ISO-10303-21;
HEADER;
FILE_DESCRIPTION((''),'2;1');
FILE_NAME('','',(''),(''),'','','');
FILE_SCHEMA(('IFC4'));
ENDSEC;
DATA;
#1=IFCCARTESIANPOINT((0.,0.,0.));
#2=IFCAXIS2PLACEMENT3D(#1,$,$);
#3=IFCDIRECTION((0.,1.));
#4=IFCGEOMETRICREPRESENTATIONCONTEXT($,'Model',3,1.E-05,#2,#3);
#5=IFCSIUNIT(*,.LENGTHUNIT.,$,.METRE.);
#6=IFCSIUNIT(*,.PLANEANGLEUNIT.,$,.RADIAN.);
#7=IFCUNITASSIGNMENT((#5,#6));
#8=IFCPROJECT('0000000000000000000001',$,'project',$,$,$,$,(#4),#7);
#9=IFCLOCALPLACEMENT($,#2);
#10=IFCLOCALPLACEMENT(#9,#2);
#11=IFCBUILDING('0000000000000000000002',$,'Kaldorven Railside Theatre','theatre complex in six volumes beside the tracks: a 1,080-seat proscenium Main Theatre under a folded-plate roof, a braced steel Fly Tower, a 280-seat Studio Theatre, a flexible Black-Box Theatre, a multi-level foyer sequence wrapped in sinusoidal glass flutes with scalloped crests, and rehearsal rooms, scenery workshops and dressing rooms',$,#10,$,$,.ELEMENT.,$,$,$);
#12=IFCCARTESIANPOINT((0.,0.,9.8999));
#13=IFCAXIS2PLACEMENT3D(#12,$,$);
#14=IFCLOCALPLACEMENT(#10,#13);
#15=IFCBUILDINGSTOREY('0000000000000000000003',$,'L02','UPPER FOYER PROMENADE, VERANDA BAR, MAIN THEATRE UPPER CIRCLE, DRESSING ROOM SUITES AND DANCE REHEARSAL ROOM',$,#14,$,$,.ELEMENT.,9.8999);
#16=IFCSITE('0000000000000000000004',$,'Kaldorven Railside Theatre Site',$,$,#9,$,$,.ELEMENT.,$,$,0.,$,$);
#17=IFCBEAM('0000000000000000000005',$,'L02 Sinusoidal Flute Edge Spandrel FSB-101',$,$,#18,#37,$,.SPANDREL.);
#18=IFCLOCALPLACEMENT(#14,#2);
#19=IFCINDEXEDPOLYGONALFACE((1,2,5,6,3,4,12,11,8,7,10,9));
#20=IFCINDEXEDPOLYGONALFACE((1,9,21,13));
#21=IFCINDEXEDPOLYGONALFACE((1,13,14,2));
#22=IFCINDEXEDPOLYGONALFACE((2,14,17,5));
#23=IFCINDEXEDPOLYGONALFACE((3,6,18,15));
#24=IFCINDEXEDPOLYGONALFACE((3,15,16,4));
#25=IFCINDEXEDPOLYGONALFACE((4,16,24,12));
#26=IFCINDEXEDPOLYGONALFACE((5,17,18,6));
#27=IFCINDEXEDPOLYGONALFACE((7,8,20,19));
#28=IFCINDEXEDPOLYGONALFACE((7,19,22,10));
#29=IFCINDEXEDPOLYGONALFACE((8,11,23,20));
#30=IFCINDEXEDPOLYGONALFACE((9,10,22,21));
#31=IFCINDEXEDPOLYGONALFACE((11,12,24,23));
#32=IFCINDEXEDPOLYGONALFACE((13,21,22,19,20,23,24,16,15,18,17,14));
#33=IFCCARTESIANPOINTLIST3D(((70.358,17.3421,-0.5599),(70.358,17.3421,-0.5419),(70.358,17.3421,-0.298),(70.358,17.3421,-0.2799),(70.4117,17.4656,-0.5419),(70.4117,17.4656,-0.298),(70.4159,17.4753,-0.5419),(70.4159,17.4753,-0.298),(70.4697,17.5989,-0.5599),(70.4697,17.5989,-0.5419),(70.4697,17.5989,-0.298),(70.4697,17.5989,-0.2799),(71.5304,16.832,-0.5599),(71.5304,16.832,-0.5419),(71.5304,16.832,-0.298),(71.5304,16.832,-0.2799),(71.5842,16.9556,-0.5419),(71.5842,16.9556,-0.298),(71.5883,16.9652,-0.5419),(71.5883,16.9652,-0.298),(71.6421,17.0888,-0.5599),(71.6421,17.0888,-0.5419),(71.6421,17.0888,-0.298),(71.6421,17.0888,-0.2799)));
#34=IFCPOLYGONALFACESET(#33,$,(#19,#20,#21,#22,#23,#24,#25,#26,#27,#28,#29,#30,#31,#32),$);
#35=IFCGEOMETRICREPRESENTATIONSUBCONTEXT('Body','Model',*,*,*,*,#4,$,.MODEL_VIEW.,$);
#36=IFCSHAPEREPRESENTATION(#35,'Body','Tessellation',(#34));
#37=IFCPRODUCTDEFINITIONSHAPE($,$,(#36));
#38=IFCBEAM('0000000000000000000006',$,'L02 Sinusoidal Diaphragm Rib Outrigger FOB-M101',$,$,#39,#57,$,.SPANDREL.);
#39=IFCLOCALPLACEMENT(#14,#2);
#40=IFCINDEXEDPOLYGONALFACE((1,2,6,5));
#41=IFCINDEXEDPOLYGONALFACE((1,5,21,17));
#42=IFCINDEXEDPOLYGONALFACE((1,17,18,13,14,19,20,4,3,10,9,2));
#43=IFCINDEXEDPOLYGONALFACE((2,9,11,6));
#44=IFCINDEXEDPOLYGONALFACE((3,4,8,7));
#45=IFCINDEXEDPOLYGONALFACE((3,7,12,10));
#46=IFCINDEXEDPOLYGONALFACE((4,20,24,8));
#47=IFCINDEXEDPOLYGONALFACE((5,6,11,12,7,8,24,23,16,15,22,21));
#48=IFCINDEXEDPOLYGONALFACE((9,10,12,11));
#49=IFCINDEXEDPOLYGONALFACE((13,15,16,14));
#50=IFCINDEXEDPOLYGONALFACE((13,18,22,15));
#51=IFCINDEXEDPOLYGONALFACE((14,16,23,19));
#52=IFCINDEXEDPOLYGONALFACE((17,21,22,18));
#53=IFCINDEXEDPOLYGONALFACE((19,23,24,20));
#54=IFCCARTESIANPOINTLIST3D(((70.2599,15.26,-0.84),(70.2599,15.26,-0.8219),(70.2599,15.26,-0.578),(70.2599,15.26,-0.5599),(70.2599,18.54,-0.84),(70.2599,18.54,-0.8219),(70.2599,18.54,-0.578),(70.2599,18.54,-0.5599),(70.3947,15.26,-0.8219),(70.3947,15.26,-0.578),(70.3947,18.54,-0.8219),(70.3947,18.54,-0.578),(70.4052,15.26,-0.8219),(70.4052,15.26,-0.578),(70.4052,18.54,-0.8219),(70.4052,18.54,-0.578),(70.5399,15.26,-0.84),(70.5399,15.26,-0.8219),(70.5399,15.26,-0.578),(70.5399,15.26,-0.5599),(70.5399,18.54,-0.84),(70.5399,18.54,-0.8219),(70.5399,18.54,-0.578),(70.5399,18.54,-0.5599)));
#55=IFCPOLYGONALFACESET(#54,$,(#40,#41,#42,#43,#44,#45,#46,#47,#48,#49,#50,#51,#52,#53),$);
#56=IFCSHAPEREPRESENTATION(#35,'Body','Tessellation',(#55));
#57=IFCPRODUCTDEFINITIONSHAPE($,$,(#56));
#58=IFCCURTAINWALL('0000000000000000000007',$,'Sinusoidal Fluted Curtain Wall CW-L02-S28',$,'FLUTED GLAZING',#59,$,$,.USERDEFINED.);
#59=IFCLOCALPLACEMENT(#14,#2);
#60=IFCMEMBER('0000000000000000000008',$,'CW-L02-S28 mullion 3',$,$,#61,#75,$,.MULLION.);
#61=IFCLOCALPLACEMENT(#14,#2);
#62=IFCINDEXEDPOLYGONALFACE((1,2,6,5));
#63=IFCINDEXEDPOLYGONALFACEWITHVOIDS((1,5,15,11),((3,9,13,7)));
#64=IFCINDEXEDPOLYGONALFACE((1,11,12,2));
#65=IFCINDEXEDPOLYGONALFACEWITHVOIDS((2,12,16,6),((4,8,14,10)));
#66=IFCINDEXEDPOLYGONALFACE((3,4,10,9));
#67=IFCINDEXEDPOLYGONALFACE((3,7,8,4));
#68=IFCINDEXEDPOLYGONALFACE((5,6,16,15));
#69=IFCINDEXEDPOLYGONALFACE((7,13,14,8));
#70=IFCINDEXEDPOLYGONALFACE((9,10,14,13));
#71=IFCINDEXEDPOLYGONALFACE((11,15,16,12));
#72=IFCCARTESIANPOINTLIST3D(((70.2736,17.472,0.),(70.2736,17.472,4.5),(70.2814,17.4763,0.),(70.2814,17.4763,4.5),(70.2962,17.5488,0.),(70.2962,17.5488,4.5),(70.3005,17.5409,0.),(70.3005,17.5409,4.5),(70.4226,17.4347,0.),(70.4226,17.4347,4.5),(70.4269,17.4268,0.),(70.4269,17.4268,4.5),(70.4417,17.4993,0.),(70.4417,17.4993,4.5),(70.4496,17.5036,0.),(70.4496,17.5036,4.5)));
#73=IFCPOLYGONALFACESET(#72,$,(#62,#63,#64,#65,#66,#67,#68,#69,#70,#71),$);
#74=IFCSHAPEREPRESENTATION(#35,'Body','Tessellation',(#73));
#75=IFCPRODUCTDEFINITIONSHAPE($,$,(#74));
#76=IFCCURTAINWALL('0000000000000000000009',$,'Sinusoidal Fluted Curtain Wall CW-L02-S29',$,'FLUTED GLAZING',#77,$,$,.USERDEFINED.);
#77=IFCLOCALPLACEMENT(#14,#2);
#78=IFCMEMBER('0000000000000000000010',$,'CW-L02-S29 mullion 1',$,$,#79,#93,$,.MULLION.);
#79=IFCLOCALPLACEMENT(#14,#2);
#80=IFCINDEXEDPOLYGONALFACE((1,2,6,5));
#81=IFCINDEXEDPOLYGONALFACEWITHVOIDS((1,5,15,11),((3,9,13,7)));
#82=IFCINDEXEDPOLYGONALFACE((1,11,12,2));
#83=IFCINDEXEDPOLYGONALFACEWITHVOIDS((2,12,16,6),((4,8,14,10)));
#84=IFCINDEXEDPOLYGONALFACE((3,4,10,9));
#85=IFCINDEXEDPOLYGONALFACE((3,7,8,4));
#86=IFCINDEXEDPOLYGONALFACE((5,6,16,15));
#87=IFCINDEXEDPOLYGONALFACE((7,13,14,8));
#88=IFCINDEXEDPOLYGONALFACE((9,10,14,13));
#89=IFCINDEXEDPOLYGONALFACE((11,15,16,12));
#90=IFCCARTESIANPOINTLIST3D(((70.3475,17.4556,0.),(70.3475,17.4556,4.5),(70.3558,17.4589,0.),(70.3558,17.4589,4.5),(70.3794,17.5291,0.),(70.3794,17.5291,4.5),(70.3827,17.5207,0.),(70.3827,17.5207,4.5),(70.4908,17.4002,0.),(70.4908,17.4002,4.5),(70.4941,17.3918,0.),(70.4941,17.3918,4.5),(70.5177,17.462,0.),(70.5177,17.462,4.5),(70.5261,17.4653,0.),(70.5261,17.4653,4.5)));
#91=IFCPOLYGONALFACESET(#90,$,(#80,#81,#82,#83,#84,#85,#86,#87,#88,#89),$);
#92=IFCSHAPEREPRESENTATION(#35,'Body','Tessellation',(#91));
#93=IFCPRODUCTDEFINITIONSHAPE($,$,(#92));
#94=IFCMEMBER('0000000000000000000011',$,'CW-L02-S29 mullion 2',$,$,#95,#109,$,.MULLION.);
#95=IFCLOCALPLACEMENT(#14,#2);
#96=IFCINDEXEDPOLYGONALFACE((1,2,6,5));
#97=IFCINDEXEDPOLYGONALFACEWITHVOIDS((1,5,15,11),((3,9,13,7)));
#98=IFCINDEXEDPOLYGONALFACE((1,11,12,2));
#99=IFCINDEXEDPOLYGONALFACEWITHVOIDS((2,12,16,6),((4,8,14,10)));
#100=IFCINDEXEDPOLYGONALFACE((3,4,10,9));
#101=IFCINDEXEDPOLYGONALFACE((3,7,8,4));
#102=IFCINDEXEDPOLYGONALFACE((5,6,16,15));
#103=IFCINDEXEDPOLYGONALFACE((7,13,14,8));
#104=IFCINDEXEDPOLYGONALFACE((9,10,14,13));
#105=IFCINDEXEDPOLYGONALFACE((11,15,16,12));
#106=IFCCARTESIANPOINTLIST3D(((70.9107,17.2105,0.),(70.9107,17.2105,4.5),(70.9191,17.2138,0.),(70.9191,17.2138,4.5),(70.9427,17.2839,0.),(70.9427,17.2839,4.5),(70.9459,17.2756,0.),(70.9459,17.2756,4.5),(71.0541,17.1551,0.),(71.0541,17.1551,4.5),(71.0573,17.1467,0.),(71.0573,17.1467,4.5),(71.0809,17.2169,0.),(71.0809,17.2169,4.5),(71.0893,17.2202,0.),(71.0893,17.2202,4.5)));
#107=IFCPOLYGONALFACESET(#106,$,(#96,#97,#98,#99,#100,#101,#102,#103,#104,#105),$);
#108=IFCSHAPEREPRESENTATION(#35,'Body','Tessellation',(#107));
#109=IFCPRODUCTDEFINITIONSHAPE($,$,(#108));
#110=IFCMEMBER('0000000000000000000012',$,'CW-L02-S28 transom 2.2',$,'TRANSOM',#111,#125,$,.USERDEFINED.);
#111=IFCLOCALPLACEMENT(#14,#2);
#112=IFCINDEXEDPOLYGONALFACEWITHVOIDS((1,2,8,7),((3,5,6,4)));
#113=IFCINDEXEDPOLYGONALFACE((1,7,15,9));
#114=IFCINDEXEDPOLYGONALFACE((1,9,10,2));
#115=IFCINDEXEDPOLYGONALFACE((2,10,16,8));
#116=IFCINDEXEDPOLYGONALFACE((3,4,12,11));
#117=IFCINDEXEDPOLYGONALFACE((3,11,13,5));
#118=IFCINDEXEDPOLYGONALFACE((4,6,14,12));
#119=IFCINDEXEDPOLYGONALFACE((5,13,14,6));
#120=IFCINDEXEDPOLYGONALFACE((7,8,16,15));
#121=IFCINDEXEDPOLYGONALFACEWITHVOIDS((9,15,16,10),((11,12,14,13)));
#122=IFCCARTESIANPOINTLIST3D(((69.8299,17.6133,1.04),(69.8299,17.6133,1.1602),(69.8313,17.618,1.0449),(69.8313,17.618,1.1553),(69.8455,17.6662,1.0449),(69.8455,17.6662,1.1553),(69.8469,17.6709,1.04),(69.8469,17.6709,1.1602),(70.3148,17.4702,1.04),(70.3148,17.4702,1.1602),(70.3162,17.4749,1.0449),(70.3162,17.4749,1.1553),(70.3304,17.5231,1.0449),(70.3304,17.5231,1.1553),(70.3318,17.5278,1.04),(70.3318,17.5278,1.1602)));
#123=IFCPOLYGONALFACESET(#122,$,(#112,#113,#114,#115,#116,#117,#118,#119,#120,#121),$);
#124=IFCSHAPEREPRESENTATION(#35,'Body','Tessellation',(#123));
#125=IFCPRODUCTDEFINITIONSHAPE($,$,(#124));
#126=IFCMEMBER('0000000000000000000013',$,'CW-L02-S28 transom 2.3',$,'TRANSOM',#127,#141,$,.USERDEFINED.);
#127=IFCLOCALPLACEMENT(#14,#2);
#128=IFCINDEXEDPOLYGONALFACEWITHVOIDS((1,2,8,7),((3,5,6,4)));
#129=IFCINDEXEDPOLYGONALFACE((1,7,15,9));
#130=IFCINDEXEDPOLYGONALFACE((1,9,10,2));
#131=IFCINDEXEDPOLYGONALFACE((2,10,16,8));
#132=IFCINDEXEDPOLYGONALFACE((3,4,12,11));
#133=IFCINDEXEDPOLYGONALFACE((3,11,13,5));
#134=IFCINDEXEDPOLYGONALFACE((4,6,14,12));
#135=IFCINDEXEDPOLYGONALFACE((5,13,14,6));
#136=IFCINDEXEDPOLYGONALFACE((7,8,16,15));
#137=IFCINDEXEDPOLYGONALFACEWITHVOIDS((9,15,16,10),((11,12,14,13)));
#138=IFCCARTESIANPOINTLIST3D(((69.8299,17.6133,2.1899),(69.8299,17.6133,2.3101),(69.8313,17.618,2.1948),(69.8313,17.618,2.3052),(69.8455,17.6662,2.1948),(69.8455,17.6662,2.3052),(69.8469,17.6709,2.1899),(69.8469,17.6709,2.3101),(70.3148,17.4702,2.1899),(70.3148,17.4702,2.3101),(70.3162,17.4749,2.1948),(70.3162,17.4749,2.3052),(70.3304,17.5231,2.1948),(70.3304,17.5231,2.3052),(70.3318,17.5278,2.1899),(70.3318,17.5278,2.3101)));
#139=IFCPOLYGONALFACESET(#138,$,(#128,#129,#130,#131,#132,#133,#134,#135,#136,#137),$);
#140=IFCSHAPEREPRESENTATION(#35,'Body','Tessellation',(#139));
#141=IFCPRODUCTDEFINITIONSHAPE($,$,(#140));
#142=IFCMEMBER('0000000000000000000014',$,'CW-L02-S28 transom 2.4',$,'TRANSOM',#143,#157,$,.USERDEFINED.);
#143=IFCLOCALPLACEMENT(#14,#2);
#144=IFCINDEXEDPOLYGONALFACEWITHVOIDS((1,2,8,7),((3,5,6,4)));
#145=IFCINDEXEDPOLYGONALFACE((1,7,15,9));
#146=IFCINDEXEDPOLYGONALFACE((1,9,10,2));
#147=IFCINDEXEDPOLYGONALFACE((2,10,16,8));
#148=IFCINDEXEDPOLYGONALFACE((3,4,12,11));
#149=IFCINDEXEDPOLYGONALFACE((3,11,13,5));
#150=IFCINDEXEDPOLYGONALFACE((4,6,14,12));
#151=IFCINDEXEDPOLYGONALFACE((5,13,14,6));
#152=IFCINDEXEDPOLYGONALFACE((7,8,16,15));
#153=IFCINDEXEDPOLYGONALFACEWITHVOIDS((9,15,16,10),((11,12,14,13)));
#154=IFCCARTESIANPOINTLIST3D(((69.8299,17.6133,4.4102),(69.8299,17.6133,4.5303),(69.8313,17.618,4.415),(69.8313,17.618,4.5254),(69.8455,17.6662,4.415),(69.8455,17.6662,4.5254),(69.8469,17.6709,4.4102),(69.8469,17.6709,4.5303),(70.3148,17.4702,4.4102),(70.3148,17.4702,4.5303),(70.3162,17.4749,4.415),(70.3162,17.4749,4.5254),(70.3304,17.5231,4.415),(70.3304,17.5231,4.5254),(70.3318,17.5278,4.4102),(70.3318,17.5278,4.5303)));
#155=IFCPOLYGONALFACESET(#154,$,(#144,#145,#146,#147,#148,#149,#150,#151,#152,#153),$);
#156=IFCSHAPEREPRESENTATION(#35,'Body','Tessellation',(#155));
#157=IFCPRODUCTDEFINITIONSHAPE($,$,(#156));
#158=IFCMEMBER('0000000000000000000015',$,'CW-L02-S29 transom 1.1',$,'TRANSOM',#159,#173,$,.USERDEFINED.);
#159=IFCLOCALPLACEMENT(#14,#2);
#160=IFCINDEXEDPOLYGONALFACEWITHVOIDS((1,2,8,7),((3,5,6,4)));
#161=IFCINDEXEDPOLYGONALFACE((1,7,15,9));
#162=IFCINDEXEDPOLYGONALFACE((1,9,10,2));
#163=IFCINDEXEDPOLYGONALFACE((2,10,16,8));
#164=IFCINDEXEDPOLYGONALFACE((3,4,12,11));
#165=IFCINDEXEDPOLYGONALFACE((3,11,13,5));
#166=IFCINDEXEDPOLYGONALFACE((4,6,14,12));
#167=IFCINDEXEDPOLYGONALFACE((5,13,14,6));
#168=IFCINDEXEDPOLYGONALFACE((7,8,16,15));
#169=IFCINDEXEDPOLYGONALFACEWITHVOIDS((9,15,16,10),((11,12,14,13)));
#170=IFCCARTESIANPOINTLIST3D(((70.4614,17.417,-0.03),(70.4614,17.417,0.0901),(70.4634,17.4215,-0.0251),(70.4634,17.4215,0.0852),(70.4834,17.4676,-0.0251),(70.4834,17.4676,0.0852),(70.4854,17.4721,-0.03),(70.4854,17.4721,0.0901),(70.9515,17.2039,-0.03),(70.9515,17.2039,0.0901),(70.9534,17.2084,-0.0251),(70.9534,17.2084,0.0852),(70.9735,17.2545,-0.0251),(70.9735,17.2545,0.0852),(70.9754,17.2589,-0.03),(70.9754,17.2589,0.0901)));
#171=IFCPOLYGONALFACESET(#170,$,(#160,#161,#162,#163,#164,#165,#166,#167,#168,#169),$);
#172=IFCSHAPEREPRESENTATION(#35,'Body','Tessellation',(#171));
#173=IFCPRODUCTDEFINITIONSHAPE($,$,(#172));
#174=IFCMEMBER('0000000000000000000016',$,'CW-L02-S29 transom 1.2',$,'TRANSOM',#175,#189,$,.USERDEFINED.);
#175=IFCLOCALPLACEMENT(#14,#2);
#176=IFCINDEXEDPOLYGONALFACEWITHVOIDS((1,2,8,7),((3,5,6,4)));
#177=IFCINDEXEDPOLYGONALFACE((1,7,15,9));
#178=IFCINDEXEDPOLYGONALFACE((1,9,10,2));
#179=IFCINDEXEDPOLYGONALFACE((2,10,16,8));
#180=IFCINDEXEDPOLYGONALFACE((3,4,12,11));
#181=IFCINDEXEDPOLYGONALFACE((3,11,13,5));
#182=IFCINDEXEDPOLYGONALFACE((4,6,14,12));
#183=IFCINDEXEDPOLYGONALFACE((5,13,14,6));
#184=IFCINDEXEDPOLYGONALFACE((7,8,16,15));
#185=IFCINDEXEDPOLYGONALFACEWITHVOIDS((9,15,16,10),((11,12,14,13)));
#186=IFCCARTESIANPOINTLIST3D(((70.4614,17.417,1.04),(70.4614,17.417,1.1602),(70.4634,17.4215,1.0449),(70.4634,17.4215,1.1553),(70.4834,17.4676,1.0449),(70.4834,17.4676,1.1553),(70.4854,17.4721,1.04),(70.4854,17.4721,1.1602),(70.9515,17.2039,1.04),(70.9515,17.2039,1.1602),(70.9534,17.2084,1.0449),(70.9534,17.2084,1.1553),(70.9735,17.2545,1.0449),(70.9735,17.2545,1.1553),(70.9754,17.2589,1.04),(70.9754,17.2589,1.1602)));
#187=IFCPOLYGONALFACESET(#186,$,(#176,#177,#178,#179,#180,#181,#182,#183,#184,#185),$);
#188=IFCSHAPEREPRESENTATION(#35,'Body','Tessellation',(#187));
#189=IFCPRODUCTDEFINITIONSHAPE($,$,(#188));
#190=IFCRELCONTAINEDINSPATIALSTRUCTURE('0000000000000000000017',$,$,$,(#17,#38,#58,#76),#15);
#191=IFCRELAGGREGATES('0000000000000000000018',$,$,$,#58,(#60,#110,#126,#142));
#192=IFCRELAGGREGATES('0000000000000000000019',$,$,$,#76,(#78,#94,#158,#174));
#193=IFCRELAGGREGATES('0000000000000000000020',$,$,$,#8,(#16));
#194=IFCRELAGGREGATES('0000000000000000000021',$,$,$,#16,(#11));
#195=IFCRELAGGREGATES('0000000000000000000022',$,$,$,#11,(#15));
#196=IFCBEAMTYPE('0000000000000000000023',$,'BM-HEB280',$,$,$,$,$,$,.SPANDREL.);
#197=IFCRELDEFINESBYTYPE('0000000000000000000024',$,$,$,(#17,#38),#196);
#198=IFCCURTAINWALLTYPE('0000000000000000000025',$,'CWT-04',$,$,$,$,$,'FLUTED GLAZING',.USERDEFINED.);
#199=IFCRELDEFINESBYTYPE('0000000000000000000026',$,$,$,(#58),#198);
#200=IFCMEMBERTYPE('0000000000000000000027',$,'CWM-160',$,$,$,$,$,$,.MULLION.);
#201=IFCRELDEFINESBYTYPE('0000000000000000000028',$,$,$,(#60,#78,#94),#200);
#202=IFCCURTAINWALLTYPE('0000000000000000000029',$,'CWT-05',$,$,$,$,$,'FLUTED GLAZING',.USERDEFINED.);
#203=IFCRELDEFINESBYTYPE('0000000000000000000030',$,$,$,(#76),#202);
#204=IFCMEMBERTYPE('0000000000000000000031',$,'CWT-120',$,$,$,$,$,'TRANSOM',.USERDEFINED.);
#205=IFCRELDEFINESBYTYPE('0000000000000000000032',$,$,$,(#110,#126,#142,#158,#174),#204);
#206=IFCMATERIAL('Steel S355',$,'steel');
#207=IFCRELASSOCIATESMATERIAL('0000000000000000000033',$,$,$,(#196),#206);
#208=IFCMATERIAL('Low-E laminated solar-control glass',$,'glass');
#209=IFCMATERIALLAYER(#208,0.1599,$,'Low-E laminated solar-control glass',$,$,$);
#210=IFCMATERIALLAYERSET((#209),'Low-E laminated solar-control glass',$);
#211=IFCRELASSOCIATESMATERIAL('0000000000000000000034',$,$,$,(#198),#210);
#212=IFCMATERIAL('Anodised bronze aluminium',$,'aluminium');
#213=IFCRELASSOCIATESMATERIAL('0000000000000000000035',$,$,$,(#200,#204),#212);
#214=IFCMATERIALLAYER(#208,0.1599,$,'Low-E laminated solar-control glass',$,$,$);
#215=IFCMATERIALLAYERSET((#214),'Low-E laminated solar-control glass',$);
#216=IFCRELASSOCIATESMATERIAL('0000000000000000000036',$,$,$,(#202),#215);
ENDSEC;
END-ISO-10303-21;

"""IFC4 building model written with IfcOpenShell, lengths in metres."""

from ifc_helpers import new_model, si_unit, direction, frame, origin, origin_2d, place, context, subcontext, project, spatial, hollow_rectangle, i_section, extrude, material, layer, layer_set, material_profile, profile_set, type_object, element, aggregate, save


model = new_model("IFC4")

# Units and contexts
model_context = context("Model", 3, precision=1e-05, world=origin(), true_north=direction((0.0, 1.0)))
body_context = subcontext(model_context, "Body", "Model", "MODEL_VIEW")
ifc_project = project(units=[si_unit("LENGTHUNIT", "METRE"), si_unit("PLANEANGLEUNIT", "RADIAN")], contexts=[model_context])

# Site, building, storey
site_placement = place(None, origin())
site = spatial("IfcSite", under=ifc_project, at=site_placement, Name="Kaldorven Railside Theatre Site", CompositionType="ELEMENT", RefElevation=0.0)
building_placement = place(site_placement, origin())
building = spatial("IfcBuilding", under=site, at=building_placement, Name="Kaldorven Railside Theatre", Description="theatre complex in six volumes beside the tracks: a 1,080-seat proscenium Main Theatre under a folded-plate roof, a braced steel Fly Tower, a 280-seat Studio Theatre, a flexible Black-Box Theatre, a multi-level foyer sequence wrapped in sinusoidal glass flutes with scalloped crests, and rehearsal rooms, scenery workshops and dressing rooms", CompositionType="ELEMENT")
storey_placement = place(building_placement, frame((0.0, 0.0, 9.8999)))
storey = spatial("IfcBuildingStorey", under=building, at=storey_placement, Name="L02", Description="UPPER FOYER PROMENADE, VERANDA BAR, MAIN THEATRE UPPER CIRCLE, DRESSING ROOM SUITES AND DANCE REHEARSAL ROOM", CompositionType="ELEMENT", Elevation=9.8999)

# Beams
ifc_material_1 = material(Name="Steel S355", Category="steel")
ifc_material_profile_1 = material_profile(ifc_material_1, i_section(OverallWidth=0.28, OverallDepth=0.28, WebThickness=0.0105, FlangeThickness=0.0181, at=origin_2d()), Name="HEB 280")
ifc_profile_set_1 = profile_set([ifc_material_profile_1], Name="Steel S355")
beam_type = type_object("IfcBeamType", Name="BM-HEB280", PredefinedType="SPANDREL", material=ifc_profile_set_1)
beam_1_placement = place(storey_placement, frame((70.4138, 17.4705, -0.4199), z_axis=(0.916988, -0.398915, 0.0), x_axis=(0.398915, 0.916988, 0.0)))
element("IfcBeam", 1, at=beam_1_placement, inside=storey, type_object=beam_type, Name="L02 Sinusoidal Flute Edge Spandrel FSB-101", PredefinedType="SPANDREL", context=body_context, shape_type="SweptSolid", body=[
    extrude(i_section(OverallWidth=0.28, OverallDepth=0.28, WebThickness=0.0105, FlangeThickness=0.0181, at=origin_2d()), origin(), (0.0, 0.0, 1.0), 1.2786),
])
beam_2_placement = place(storey_placement, frame((70.3999, 15.26, -0.7), z_axis=(0.0, 1.0, 0.0), x_axis=(-1.0, 0.0, 0.0)))
element("IfcBeam", 2, at=beam_2_placement, inside=storey, type_object=beam_type, Name="L02 Sinusoidal Diaphragm Rib Outrigger FOB-M101", PredefinedType="SPANDREL", context=body_context, shape_type="SweptSolid", body=[
    extrude(i_section(OverallWidth=0.28, OverallDepth=0.28, WebThickness=0.0105, FlangeThickness=0.0181, at=origin_2d()), origin(), (0.0, 0.0, 1.0), 3.28),
])

# Curtain wall, member
ifc_material_2 = material(Name="Low-E laminated solar-control glass", Category="glass")
ifc_layer_1 = layer(ifc_material_2, 0.1599, Name="Low-E laminated solar-control glass")
ifc_layer_set_1 = layer_set([ifc_layer_1], Name="Low-E laminated solar-control glass")
curtain_wall_type_1 = type_object("IfcCurtainWallType", Name="CWT-04", ElementType="FLUTED GLAZING", PredefinedType="USERDEFINED", material=ifc_layer_set_1)
curtain_wall_1_placement = place(storey_placement, origin())
curtain_wall_1 = element("IfcCurtainWall", 3, at=curtain_wall_1_placement, inside=storey, type_object=curtain_wall_type_1, Name="Sinusoidal Fluted Curtain Wall CW-L02-S28", ObjectType="FLUTED GLAZING", PredefinedType="USERDEFINED")
ifc_material_3 = material(Name="Anodised bronze aluminium", Category="aluminium")
ifc_material_profile_2 = material_profile(ifc_material_3, hollow_rectangle(XDim=0.0801, YDim=0.1599, WallThickness=0.0063, at=origin_2d()), Name="RHS 160x80x6.3")
ifc_profile_set_2 = profile_set([ifc_material_profile_2], Name="Anodised bronze aluminium")
member_type_1 = type_object("IfcMemberType", Name="CWM-160", PredefinedType="MULLION", material=ifc_profile_set_2)
member_1_placement = place(storey_placement, frame((70.3616, 17.4878, 0.0), z_axis=(0.0, 0.0, 1.0), x_axis=(0.282872, 0.959158, 0.0)))
member_1 = element("IfcMember", 4, at=member_1_placement, type_object=member_type_1, Name="CW-L02-S28 mullion 3", PredefinedType="MULLION", context=body_context, shape_type="SweptSolid", body=[
    extrude(hollow_rectangle(XDim=0.0801, YDim=0.1599, WallThickness=0.0063, at=origin_2d()), origin(), (0.0, 0.0, 1.0), 4.5),
])

# Curtain wall, members
ifc_layer_2 = layer(ifc_material_2, 0.1599, Name="Low-E laminated solar-control glass")
ifc_layer_set_2 = layer_set([ifc_layer_2], Name="Low-E laminated solar-control glass")
curtain_wall_type_2 = type_object("IfcCurtainWallType", Name="CWT-05", ElementType="FLUTED GLAZING", PredefinedType="USERDEFINED", material=ifc_layer_set_2)
curtain_wall_2_placement = place(storey_placement, origin())
curtain_wall_2 = element("IfcCurtainWall", 5, at=curtain_wall_2_placement, inside=storey, type_object=curtain_wall_type_2, Name="Sinusoidal Fluted Curtain Wall CW-L02-S29", ObjectType="FLUTED GLAZING", PredefinedType="USERDEFINED")
member_2_placement = place(storey_placement, frame((70.4368, 17.4604, 0.0), z_axis=(0.0, 0.0, 1.0), x_axis=(0.398894, 0.916997, 0.0)))
member_2 = element("IfcMember", 6, at=member_2_placement, type_object=member_type_1, Name="CW-L02-S29 mullion 1", PredefinedType="MULLION", context=body_context, shape_type="SweptSolid", body=[
    extrude(hollow_rectangle(XDim=0.0801, YDim=0.1599, WallThickness=0.0063, at=origin_2d()), origin(), (0.0, 0.0, 1.0), 4.5),
])
member_3_placement = place(storey_placement, frame((71.0, 17.2153, 0.0), z_axis=(0.0, 0.0, 1.0), x_axis=(0.398894, 0.916997, 0.0)))
member_3 = element("IfcMember", 7, at=member_3_placement, type_object=member_type_1, Name="CW-L02-S29 mullion 2", PredefinedType="MULLION", context=body_context, shape_type="SweptSolid", body=[
    extrude(hollow_rectangle(XDim=0.0801, YDim=0.1599, WallThickness=0.0063, at=origin_2d()), origin(), (0.0, 0.0, 1.0), 4.5),
])

# Members
ifc_material_profile_3 = material_profile(ifc_material_3, hollow_rectangle(XDim=0.0601, YDim=0.1201, WallThickness=0.0049, at=origin_2d()), Name="RHS 120x60x5")
ifc_profile_set_3 = profile_set([ifc_material_profile_3], Name="Anodised bronze aluminium")
member_type_2 = type_object("IfcMemberType", Name="CWT-120", ElementType="TRANSOM", PredefinedType="USERDEFINED", material=ifc_profile_set_3)
member_4_placement = place(storey_placement, frame((69.8384, 17.6421, 1.1001), z_axis=(0.959119, -0.283003, 0.0), x_axis=(0.283003, 0.959119, 0.0)))
member_4 = element("IfcMember", 8, at=member_4_placement, type_object=member_type_2, Name="CW-L02-S28 transom 2.2", ObjectType="TRANSOM", PredefinedType="USERDEFINED", context=body_context, shape_type="SweptSolid", body=[
    extrude(hollow_rectangle(XDim=0.0601, YDim=0.1201, WallThickness=0.0049, at=origin_2d()), origin(), (0.0, 0.0, 1.0), 0.5056),
])
member_5_placement = place(storey_placement, frame((69.8384, 17.6421, 2.25), z_axis=(0.959119, -0.283003, 0.0), x_axis=(0.283003, 0.959119, 0.0)))
member_5 = element("IfcMember", 9, at=member_5_placement, type_object=member_type_2, Name="CW-L02-S28 transom 2.3", ObjectType="TRANSOM", PredefinedType="USERDEFINED", context=body_context, shape_type="SweptSolid", body=[
    extrude(hollow_rectangle(XDim=0.0601, YDim=0.1201, WallThickness=0.0049, at=origin_2d()), origin(), (0.0, 0.0, 1.0), 0.5056),
])
member_6_placement = place(storey_placement, frame((69.8384, 17.6421, 4.4702), z_axis=(0.959119, -0.283003, 0.0), x_axis=(0.283003, 0.959119, 0.0)))
member_6 = element("IfcMember", 10, at=member_6_placement, type_object=member_type_2, Name="CW-L02-S28 transom 2.4", ObjectType="TRANSOM", PredefinedType="USERDEFINED", context=body_context, shape_type="SweptSolid", body=[
    extrude(hollow_rectangle(XDim=0.0601, YDim=0.1201, WallThickness=0.0049, at=origin_2d()), origin(), (0.0, 0.0, 1.0), 0.5056),
])
member_7_placement = place(storey_placement, frame((70.4734, 17.4446, 0.03), z_axis=(0.917005, -0.398876, 0.0), x_axis=(0.398876, 0.917005, 0.0)))
member_7 = element("IfcMember", 11, at=member_7_placement, type_object=member_type_2, Name="CW-L02-S29 transom 1.1", ObjectType="TRANSOM", PredefinedType="USERDEFINED", context=body_context, shape_type="SweptSolid", body=[
    extrude(hollow_rectangle(XDim=0.0601, YDim=0.1201, WallThickness=0.0049, at=origin_2d()), origin(), (0.0, 0.0, 1.0), 0.5344),
])
member_8_placement = place(storey_placement, frame((70.4734, 17.4446, 1.1001), z_axis=(0.917005, -0.398876, 0.0), x_axis=(0.398876, 0.917005, 0.0)))
member_8 = element("IfcMember", 12, at=member_8_placement, type_object=member_type_2, Name="CW-L02-S29 transom 1.2", ObjectType="TRANSOM", PredefinedType="USERDEFINED", context=body_context, shape_type="SweptSolid", body=[
    extrude(hollow_rectangle(XDim=0.0601, YDim=0.1201, WallThickness=0.0049, at=origin_2d()), origin(), (0.0, 0.0, 1.0), 0.5344),
])

aggregate(curtain_wall_1, [member_1, member_4, member_5, member_6])
aggregate(curtain_wall_2, [member_2, member_3, member_7, member_8])

save(model, "model.ifc")
